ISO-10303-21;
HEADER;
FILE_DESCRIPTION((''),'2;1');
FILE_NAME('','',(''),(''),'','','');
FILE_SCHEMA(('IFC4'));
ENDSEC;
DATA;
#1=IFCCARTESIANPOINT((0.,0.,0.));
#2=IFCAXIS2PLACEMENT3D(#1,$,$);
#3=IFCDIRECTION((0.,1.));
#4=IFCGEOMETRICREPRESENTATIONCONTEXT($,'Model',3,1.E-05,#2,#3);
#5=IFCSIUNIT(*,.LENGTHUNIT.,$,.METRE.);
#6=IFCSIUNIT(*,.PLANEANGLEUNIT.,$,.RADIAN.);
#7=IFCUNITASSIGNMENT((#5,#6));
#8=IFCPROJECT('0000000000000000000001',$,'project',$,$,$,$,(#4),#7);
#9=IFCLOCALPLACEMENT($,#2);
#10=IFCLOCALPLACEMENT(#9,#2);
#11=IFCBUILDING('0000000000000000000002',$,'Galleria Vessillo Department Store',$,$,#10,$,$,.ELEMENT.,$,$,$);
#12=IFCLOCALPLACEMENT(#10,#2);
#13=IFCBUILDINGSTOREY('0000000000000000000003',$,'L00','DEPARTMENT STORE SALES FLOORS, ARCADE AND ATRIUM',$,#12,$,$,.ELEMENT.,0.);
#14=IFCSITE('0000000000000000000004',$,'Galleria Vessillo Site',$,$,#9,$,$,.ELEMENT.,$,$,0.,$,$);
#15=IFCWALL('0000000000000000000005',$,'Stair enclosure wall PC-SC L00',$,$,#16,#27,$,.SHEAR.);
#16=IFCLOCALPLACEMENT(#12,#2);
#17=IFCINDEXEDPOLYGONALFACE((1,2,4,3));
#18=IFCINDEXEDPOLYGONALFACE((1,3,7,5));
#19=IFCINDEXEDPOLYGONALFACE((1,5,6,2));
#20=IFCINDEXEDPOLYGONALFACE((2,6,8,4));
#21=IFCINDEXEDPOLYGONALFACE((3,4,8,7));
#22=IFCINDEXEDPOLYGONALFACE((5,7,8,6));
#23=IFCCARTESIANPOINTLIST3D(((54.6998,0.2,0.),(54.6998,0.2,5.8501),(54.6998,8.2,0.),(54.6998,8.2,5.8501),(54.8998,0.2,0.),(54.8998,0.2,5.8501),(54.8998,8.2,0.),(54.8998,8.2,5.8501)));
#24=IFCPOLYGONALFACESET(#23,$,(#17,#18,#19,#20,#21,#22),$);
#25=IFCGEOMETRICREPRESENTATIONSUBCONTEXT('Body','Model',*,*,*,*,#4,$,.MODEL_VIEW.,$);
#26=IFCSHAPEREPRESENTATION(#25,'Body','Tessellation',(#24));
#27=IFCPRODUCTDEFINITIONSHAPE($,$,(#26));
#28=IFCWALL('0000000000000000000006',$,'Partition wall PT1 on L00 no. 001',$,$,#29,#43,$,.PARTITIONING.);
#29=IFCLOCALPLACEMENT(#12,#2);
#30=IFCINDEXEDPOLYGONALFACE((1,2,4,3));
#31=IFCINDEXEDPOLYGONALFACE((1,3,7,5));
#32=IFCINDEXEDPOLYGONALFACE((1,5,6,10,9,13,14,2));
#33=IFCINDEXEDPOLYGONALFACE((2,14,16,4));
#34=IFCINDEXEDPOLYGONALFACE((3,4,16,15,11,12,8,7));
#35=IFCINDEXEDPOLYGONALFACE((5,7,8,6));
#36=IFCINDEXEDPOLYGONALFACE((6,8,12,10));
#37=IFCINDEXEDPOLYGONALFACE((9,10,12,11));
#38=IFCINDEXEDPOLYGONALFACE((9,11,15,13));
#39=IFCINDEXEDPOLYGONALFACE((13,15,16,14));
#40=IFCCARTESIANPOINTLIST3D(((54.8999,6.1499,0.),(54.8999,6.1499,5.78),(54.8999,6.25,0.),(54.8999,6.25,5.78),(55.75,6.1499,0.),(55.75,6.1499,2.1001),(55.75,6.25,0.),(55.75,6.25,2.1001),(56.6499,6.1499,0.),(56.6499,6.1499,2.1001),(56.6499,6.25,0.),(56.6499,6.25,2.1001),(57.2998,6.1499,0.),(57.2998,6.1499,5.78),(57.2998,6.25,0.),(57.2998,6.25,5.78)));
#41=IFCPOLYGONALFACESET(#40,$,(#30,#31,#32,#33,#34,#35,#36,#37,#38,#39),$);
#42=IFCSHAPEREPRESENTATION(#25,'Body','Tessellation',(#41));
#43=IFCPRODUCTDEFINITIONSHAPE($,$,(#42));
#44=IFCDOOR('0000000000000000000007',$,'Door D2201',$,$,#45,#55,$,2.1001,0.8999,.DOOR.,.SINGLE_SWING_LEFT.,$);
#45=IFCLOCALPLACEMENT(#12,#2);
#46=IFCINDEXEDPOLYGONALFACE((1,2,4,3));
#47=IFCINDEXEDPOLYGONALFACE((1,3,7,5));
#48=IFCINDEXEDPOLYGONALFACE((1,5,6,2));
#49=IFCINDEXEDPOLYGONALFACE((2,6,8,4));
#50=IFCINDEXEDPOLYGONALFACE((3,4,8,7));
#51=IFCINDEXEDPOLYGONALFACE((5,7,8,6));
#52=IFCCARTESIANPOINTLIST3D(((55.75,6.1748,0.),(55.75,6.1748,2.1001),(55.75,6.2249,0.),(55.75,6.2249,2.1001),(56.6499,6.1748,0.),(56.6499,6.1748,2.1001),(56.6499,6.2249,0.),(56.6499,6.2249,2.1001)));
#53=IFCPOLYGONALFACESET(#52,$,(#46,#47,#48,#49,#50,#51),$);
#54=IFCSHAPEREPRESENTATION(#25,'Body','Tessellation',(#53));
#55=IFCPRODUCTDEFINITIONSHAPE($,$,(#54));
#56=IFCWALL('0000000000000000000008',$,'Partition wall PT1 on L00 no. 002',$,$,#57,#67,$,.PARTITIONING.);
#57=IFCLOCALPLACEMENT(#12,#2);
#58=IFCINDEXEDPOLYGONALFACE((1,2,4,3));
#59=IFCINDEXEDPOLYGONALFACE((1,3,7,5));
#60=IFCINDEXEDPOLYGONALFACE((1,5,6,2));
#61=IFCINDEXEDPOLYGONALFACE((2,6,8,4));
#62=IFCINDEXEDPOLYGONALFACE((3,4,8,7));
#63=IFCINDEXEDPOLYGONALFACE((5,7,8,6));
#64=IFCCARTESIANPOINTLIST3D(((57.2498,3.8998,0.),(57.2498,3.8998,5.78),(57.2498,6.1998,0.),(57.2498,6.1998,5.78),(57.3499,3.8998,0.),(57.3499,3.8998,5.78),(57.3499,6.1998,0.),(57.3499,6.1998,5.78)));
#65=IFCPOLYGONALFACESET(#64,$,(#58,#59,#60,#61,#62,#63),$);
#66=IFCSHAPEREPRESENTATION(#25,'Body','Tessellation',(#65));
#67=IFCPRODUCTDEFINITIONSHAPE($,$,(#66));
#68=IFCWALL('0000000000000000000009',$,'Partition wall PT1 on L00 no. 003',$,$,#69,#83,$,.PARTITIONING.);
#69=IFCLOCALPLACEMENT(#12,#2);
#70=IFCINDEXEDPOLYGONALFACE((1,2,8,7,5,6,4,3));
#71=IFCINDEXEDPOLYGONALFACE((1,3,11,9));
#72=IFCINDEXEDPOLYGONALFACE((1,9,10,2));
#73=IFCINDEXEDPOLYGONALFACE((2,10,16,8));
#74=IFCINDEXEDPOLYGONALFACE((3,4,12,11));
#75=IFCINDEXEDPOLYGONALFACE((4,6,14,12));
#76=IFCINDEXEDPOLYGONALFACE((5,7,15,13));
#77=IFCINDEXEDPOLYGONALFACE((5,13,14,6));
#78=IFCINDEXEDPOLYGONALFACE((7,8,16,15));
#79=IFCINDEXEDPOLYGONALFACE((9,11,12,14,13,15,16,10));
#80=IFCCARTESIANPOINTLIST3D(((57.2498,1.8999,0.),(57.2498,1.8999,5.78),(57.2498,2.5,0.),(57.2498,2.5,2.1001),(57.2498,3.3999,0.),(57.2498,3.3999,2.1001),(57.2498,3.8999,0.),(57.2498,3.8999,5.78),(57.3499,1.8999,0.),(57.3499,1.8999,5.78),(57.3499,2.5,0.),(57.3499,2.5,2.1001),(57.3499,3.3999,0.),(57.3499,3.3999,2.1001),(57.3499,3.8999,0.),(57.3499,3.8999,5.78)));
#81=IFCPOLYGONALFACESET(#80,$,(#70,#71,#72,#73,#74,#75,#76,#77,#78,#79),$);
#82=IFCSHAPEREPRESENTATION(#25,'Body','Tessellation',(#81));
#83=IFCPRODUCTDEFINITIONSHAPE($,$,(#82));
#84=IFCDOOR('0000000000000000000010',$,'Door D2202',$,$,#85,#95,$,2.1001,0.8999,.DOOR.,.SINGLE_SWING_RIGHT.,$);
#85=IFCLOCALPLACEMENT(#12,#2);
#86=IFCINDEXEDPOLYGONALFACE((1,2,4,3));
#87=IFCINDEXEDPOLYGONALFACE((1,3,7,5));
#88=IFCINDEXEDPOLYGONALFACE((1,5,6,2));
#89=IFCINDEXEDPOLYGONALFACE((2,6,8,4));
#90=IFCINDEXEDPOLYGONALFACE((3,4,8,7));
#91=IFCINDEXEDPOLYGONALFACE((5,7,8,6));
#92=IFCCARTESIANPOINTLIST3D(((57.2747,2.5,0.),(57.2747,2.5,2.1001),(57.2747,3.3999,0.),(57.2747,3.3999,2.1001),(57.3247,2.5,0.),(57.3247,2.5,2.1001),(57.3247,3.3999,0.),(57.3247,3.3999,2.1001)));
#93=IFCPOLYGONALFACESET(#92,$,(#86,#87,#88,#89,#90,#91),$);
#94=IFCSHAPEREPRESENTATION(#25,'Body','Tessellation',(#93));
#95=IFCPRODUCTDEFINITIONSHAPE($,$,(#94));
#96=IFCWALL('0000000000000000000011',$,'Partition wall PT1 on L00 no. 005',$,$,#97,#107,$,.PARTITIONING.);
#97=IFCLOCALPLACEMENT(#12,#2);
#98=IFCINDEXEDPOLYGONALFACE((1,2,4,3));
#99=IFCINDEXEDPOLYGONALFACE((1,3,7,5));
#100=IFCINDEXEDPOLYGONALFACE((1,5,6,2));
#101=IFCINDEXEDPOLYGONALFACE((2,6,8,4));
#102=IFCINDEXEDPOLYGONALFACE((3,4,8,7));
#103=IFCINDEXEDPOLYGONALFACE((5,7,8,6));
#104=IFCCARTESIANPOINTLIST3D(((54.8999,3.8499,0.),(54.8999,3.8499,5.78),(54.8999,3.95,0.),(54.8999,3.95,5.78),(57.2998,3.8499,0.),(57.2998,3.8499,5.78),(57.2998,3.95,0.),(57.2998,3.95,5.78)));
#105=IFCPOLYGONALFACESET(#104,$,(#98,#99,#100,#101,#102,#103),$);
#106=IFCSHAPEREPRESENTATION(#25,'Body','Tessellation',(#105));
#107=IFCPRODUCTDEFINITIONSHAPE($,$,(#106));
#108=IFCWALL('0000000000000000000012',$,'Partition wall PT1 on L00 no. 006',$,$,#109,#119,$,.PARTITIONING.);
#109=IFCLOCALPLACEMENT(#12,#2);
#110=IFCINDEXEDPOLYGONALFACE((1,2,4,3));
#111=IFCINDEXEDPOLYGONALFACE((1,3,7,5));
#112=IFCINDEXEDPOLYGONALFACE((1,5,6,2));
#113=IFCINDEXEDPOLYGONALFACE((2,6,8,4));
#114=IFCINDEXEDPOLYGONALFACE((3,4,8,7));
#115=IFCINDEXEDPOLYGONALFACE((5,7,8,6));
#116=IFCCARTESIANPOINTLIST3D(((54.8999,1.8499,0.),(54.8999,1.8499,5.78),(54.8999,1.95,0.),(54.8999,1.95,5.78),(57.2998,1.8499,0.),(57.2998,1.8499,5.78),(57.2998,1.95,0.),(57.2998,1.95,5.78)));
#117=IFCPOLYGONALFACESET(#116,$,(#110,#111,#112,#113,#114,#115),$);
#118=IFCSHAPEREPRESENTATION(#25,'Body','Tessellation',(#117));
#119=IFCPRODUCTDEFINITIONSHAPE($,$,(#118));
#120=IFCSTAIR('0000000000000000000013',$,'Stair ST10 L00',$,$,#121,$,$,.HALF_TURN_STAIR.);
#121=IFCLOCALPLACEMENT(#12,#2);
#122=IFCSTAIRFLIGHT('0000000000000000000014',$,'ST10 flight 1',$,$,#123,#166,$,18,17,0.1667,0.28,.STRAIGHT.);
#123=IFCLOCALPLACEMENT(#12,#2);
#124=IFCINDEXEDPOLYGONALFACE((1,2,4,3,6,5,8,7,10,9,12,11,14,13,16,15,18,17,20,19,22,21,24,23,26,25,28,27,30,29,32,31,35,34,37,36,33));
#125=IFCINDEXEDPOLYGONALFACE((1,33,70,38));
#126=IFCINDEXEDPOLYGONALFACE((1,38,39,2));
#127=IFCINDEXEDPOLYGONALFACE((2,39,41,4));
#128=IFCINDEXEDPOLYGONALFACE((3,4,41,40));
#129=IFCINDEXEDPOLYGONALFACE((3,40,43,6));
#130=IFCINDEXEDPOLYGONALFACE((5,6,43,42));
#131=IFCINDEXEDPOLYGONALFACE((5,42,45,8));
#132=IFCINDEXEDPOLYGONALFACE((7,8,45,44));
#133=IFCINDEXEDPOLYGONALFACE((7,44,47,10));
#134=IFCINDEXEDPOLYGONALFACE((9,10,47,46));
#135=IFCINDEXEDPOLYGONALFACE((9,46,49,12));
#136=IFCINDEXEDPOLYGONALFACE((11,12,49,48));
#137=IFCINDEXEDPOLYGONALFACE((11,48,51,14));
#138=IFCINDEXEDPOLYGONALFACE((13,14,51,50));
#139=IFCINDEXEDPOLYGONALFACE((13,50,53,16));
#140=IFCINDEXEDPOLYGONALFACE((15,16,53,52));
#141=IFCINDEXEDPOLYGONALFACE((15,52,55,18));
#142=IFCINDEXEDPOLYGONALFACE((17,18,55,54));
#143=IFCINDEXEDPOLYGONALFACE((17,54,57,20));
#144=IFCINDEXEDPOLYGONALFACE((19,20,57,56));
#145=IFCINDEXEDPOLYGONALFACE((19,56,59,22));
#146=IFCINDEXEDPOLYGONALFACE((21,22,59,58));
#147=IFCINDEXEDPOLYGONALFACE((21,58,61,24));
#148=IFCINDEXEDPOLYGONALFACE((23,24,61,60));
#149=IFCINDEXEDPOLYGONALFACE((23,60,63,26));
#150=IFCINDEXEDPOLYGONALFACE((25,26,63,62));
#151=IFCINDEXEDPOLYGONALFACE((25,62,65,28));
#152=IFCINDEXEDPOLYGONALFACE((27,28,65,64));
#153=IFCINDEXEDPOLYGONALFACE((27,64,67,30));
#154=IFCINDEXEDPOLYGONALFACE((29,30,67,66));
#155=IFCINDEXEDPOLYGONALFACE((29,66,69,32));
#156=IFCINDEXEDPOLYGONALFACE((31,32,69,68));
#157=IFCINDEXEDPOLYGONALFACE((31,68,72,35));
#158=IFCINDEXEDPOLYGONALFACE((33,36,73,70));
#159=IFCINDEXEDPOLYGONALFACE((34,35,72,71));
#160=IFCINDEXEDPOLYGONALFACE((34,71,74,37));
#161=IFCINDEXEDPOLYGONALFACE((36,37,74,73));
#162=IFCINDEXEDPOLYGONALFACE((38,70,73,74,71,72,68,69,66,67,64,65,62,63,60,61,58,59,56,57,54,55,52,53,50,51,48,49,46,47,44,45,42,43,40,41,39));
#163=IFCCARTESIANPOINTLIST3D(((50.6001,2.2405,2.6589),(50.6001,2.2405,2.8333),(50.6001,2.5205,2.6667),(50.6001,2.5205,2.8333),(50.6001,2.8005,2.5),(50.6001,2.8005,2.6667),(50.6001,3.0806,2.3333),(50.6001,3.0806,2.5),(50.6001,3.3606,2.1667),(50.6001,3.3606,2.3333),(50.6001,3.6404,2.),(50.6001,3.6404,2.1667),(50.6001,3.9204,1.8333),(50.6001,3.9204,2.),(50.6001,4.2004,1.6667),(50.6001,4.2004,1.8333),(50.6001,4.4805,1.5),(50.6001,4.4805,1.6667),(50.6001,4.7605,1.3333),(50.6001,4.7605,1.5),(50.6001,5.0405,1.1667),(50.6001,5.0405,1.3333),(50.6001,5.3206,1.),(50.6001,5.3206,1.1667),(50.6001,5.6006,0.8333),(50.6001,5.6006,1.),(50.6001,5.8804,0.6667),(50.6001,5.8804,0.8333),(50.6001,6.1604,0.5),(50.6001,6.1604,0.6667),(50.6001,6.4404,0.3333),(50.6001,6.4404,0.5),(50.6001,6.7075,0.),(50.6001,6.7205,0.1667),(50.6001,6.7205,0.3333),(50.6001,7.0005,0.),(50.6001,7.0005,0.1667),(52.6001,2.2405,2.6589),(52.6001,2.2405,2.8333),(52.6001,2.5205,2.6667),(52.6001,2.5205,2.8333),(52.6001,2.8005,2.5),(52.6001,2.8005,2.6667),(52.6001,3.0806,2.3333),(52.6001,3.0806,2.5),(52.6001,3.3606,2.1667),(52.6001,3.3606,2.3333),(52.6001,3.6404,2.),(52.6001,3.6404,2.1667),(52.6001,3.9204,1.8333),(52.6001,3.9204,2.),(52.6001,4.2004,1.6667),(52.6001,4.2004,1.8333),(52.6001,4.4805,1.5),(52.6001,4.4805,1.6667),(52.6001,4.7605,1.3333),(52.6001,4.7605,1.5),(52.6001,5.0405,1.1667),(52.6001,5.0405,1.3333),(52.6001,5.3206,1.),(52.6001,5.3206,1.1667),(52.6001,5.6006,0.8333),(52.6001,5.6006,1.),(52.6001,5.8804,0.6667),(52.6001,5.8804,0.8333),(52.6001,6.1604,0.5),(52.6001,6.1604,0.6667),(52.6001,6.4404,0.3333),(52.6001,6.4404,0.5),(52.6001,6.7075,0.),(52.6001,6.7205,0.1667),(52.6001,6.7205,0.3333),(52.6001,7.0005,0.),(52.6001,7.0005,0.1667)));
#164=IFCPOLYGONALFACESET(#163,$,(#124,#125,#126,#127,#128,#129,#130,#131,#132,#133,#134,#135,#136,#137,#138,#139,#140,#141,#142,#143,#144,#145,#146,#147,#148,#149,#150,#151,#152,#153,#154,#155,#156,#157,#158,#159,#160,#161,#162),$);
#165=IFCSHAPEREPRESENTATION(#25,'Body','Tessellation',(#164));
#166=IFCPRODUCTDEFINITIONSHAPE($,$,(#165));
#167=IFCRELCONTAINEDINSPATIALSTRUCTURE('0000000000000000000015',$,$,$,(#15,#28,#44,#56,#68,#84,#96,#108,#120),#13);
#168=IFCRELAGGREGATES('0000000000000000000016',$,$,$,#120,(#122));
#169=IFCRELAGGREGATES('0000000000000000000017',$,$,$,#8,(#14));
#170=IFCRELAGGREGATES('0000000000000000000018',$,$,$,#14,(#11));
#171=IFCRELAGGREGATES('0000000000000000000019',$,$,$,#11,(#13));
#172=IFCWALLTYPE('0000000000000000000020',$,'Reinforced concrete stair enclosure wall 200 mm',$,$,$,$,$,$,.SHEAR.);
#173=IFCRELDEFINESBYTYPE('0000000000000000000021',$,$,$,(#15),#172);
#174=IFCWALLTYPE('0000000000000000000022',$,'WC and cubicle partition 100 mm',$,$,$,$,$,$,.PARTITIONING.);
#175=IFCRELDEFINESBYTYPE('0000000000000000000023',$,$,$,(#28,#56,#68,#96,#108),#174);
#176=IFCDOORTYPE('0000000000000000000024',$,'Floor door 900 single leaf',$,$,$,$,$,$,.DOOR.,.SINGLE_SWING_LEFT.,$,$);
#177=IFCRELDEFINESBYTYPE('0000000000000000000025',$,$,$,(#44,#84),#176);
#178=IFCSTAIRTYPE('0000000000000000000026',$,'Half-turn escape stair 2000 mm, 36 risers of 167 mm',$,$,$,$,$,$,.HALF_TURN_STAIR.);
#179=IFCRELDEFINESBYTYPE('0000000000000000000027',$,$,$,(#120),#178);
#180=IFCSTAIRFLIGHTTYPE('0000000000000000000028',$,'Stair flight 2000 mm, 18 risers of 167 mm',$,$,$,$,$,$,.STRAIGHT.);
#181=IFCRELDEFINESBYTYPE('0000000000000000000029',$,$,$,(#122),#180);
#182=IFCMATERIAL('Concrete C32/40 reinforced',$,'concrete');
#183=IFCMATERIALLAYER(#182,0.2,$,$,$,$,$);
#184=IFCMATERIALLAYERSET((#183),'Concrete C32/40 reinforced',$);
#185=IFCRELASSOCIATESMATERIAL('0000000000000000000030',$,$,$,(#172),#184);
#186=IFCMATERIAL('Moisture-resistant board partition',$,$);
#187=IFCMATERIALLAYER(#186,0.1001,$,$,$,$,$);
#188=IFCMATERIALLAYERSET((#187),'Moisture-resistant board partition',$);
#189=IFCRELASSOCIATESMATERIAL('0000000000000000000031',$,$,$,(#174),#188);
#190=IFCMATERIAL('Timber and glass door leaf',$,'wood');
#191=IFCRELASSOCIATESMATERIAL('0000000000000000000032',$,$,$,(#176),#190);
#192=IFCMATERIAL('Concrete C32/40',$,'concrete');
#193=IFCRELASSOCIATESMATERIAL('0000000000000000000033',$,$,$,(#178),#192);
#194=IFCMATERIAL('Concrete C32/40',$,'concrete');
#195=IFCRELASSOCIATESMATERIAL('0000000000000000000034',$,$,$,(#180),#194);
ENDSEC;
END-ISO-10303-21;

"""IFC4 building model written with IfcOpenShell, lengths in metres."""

from ifc_helpers import new_model, si_unit, direction, frame, frame_2d, origin, place, context, subcontext, project, spatial, polyline, rectangle, outline, extrude, material, layer, layer_set, type_object, element, fill, aggregate, save


model = new_model("IFC4")

# Units and contexts
model_context = context("Model", 3, precision=1e-05, world=origin(), true_north=direction((0.0, 1.0)))
body_context = subcontext(model_context, "Body", "Model", "MODEL_VIEW")
ifc_project = project(units=[si_unit("LENGTHUNIT", "METRE"), si_unit("PLANEANGLEUNIT", "RADIAN")], contexts=[model_context])

# Site, building, storey
site_placement = place(None, origin())
site = spatial("IfcSite", under=ifc_project, at=site_placement, Name="Galleria Vessillo Site", CompositionType="ELEMENT", RefElevation=0.0)
building_placement = place(site_placement, origin())
building = spatial("IfcBuilding", under=site, at=building_placement, Name="Galleria Vessillo Department Store", CompositionType="ELEMENT")
storey_placement = place(building_placement, origin())
storey = spatial("IfcBuildingStorey", under=building, at=storey_placement, Name="L00", Description="DEPARTMENT STORE SALES FLOORS, ARCADE AND ATRIUM", CompositionType="ELEMENT", Elevation=0.0)

# Wall
ifc_material_1 = material(Name="Concrete C32/40 reinforced", Category="concrete")
ifc_layer_1 = layer(ifc_material_1, 0.2)
ifc_layer_set_1 = layer_set([ifc_layer_1], Name="Concrete C32/40 reinforced")
wall_type_1 = type_object("IfcWallType", Name="Reinforced concrete stair enclosure wall 200 mm", PredefinedType="SHEAR", material=ifc_layer_set_1)
wall_1_placement = place(storey_placement, frame((54.7998, 0.2, 0.0), z_axis=(0.0, 0.0, 1.0), x_axis=(0.0, 1.0, 0.0)))
element("IfcWall", 1, at=wall_1_placement, inside=storey, type_object=wall_type_1, Name="Stair enclosure wall PC-SC L00", PredefinedType="SHEAR", context=body_context, shape_type="SweptSolid", body=[
    extrude(rectangle(XDim=8.0, YDim=0.2, at=frame_2d((4.0, 0.0))), origin(), (0.0, 0.0, 1.0), 5.8501),
])

# Wall, opening, door
ifc_material_2 = material(Name="Moisture-resistant board partition")
ifc_layer_2 = layer(ifc_material_2, 0.1001)
ifc_layer_set_2 = layer_set([ifc_layer_2], Name="Moisture-resistant board partition")
wall_type_2 = type_object("IfcWallType", Name="WC and cubicle partition 100 mm", PredefinedType="PARTITIONING", material=ifc_layer_set_2)
wall_2_placement = place(storey_placement, frame((54.8999, 6.2, 0.0), z_axis=(0.0, 0.0, 1.0), x_axis=(1.0, 0.0, 0.0)))
wall_2 = element("IfcWall", 2, at=wall_2_placement, inside=storey, type_object=wall_type_2, Name="Partition wall PT1 on L00 no. 001", PredefinedType="PARTITIONING", context=body_context, shape_type="SweptSolid", body=[
    extrude(rectangle(XDim=2.3999, YDim=0.1001, at=frame_2d((1.2, 0.0))), origin(), (0.0, 0.0, 1.0), 5.78),
])
opening_1_placement = place(wall_2_placement, frame((0.8501, 0.0, 0.0)))
opening_1 = element("IfcOpeningElement", 3, at=opening_1_placement, cuts=wall_2, PredefinedType="OPENING", context=body_context, shape_type="SweptSolid", body=[
    extrude(rectangle(XDim=0.8999, YDim=2.1001, at=frame_2d((0.45, 1.05))), frame((0.0, 0.0601, 0.0), z_axis=(0.0, -1.0, 0.0), x_axis=(1.0, 0.0, 0.0)), (0.0, 0.0, 1.0), 0.1201),
])
ifc_material_3 = material(Name="Timber and glass door leaf", Category="wood")
door_type = type_object("IfcDoorType", Name="Floor door 900 single leaf", OperationType="SINGLE_SWING_LEFT", PredefinedType="DOOR", material=ifc_material_3)
door_1_placement = place(opening_1_placement, origin())
door_1 = element("IfcDoor", 4, at=door_1_placement, inside=storey, type_object=door_type, Name="Door D2201", OperationType="SINGLE_SWING_LEFT", OverallHeight=2.1001, OverallWidth=0.8999, PredefinedType="DOOR", context=body_context, shape_type="SweptSolid", body=[
    extrude(rectangle(XDim=0.8999, YDim=2.1001, at=frame_2d((0.45, 1.05))), frame((0.0, 0.0249, 0.0), z_axis=(0.0, -1.0, 0.0), x_axis=(1.0, 0.0, 0.0)), (0.0, 0.0, 1.0), 0.05),
])
fill(opening_1, door_1)

# Wall
wall_3_placement = place(storey_placement, frame((57.2998, 3.8999, 0.0), z_axis=(0.0, 0.0, 1.0), x_axis=(0.0, 1.0, 0.0)))
element("IfcWall", 5, at=wall_3_placement, inside=storey, type_object=wall_type_2, Name="Partition wall PT1 on L00 no. 002", PredefinedType="PARTITIONING", context=body_context, shape_type="SweptSolid", body=[
    extrude(rectangle(XDim=2.3, YDim=0.1001, at=frame_2d((1.1499, 0.0))), origin(), (0.0, 0.0, 1.0), 5.78),
])

# Wall, opening, door
wall_4_placement = place(storey_placement, frame((57.2998, 1.8999, 0.0), z_axis=(0.0, 0.0, 1.0), x_axis=(0.0, 1.0, 0.0)))
wall_4 = element("IfcWall", 6, at=wall_4_placement, inside=storey, type_object=wall_type_2, Name="Partition wall PT1 on L00 no. 003", PredefinedType="PARTITIONING", context=body_context, shape_type="SweptSolid", body=[
    extrude(rectangle(XDim=2.0, YDim=0.1001, at=frame_2d((1.0, 0.0))), origin(), (0.0, 0.0, 1.0), 5.78),
])
opening_2_placement = place(wall_4_placement, frame((0.6001, 0.0, 0.0)))
opening_2 = element("IfcOpeningElement", 7, at=opening_2_placement, cuts=wall_4, PredefinedType="OPENING", context=body_context, shape_type="SweptSolid", body=[
    extrude(rectangle(XDim=0.8999, YDim=2.1001, at=frame_2d((0.45, 1.05))), frame((0.0, 0.0601, 0.0), z_axis=(0.0, -1.0, 0.0), x_axis=(1.0, 0.0, 0.0)), (0.0, 0.0, 1.0), 0.1201),
])
door_2_placement = place(opening_2_placement, frame((0.8999, 0.0, 0.0), z_axis=(0.0, 0.0, 1.0), x_axis=(-1.0, 0.0, 0.0)))
door_2 = element("IfcDoor", 8, at=door_2_placement, inside=storey, type_object=door_type, Name="Door D2202", OperationType="SINGLE_SWING_RIGHT", OverallHeight=2.1001, OverallWidth=0.8999, PredefinedType="DOOR", context=body_context, shape_type="SweptSolid", body=[
    extrude(rectangle(XDim=0.8999, YDim=2.1001, at=frame_2d((0.45, 1.05))), frame((0.0, 0.0249, 0.0), z_axis=(0.0, -1.0, 0.0), x_axis=(1.0, 0.0, 0.0)), (0.0, 0.0, 1.0), 0.05),
])
fill(opening_2, door_2)

# Walls
for number, where, z_axis, x_axis, name in (
    (9, (54.8999, 3.8999, 0.0), (0.0, 0.0, 1.0), (1.0, 0.0, 0.0), "Partition wall PT1 on L00 no. 005"),
    (10, (54.8999, 1.8999, 0.0), (0.0, 0.0, 1.0), (1.0, 0.0, 0.0), "Partition wall PT1 on L00 no. 006"),
):
    element("IfcWall", number, at=place(storey_placement, frame(where, z_axis=z_axis, x_axis=x_axis)), inside=storey, type_object=wall_type_2, Name=name, PredefinedType="PARTITIONING", context=body_context, shape_type="SweptSolid", body=[
        extrude(rectangle(XDim=2.3999, YDim=0.1001, at=frame_2d((1.2, 0.0))), origin(), (0.0, 0.0, 1.0), 5.78),
    ])

# Stair, stair flight
ifc_material_4 = material(Name="Concrete C32/40", Category="concrete")
stair_type = type_object("IfcStairType", Name="Half-turn escape stair 2000 mm, 36 risers of 167 mm", PredefinedType="HALF_TURN_STAIR", material=ifc_material_4)
stair_placement = place(storey_placement, origin())
stair = element("IfcStair", 11, at=stair_placement, inside=storey, type_object=stair_type, Name="Stair ST10 L00", PredefinedType="HALF_TURN_STAIR")
ifc_material_5 = material(Name="Concrete C32/40", Category="concrete")
stair_flight_type = type_object("IfcStairFlightType", Name="Stair flight 2000 mm, 18 risers of 167 mm", PredefinedType="STRAIGHT", material=ifc_material_5)
stair_flight_1_placement = place(storey_placement, frame((51.6001, 7.0005, 0.0), z_axis=(0.0, 0.0, 1.0), x_axis=(0.0, -1.0, 0.0)))
stair_flight_1 = element("IfcStairFlight", 12, at=stair_flight_1_placement, type_object=stair_flight_type, Name="ST10 flight 1", NumberOfRisers=18, NumberOfTreads=17, PredefinedType="STRAIGHT", RiserHeight=0.1667, TreadLength=0.28, context=body_context, shape_type="SweptSolid", body=[
    extrude(outline(polyline([(0.0, 0.0), (0.0, 0.1667), (0.28, 0.1667), (0.28, 0.3333), (0.5601, 0.3333), (0.5601, 0.5), (0.8401, 0.5), (0.8401, 0.6667), (1.1201, 0.6667), (1.1201, 0.8333), (1.3999, 0.8333), (1.3999, 1.0), (1.6799, 1.0), (1.6799, 1.1667), (1.96, 1.1667), (1.96, 1.3333), (2.24, 1.3333), (2.24, 1.5), (2.52, 1.5), (2.52, 1.6667), (2.8, 1.6667), (2.8, 1.8333), (3.0801, 1.8333), (3.0801, 2.0), (3.3601, 2.0), (3.3601, 2.1667), (3.6399, 2.1667), (3.6399, 2.3333), (3.9199, 2.3333), (3.9199, 2.5), (4.2, 2.5), (4.2, 2.6667), (4.48, 2.6667), (4.48, 2.8333), (4.76, 2.8333), (4.76, 3.0), (4.76, 2.6589), (0.293, 0.0), (0.0, 0.0)])), frame((0.0, 1.0, 0.0), z_axis=(0.0, -1.0, 0.0), x_axis=(1.0, 0.0, 0.0)), (0.0, 0.0, 1.0), 2.0),
])
aggregate(stair, [stair_flight_1])

save(model, "model.ifc")
